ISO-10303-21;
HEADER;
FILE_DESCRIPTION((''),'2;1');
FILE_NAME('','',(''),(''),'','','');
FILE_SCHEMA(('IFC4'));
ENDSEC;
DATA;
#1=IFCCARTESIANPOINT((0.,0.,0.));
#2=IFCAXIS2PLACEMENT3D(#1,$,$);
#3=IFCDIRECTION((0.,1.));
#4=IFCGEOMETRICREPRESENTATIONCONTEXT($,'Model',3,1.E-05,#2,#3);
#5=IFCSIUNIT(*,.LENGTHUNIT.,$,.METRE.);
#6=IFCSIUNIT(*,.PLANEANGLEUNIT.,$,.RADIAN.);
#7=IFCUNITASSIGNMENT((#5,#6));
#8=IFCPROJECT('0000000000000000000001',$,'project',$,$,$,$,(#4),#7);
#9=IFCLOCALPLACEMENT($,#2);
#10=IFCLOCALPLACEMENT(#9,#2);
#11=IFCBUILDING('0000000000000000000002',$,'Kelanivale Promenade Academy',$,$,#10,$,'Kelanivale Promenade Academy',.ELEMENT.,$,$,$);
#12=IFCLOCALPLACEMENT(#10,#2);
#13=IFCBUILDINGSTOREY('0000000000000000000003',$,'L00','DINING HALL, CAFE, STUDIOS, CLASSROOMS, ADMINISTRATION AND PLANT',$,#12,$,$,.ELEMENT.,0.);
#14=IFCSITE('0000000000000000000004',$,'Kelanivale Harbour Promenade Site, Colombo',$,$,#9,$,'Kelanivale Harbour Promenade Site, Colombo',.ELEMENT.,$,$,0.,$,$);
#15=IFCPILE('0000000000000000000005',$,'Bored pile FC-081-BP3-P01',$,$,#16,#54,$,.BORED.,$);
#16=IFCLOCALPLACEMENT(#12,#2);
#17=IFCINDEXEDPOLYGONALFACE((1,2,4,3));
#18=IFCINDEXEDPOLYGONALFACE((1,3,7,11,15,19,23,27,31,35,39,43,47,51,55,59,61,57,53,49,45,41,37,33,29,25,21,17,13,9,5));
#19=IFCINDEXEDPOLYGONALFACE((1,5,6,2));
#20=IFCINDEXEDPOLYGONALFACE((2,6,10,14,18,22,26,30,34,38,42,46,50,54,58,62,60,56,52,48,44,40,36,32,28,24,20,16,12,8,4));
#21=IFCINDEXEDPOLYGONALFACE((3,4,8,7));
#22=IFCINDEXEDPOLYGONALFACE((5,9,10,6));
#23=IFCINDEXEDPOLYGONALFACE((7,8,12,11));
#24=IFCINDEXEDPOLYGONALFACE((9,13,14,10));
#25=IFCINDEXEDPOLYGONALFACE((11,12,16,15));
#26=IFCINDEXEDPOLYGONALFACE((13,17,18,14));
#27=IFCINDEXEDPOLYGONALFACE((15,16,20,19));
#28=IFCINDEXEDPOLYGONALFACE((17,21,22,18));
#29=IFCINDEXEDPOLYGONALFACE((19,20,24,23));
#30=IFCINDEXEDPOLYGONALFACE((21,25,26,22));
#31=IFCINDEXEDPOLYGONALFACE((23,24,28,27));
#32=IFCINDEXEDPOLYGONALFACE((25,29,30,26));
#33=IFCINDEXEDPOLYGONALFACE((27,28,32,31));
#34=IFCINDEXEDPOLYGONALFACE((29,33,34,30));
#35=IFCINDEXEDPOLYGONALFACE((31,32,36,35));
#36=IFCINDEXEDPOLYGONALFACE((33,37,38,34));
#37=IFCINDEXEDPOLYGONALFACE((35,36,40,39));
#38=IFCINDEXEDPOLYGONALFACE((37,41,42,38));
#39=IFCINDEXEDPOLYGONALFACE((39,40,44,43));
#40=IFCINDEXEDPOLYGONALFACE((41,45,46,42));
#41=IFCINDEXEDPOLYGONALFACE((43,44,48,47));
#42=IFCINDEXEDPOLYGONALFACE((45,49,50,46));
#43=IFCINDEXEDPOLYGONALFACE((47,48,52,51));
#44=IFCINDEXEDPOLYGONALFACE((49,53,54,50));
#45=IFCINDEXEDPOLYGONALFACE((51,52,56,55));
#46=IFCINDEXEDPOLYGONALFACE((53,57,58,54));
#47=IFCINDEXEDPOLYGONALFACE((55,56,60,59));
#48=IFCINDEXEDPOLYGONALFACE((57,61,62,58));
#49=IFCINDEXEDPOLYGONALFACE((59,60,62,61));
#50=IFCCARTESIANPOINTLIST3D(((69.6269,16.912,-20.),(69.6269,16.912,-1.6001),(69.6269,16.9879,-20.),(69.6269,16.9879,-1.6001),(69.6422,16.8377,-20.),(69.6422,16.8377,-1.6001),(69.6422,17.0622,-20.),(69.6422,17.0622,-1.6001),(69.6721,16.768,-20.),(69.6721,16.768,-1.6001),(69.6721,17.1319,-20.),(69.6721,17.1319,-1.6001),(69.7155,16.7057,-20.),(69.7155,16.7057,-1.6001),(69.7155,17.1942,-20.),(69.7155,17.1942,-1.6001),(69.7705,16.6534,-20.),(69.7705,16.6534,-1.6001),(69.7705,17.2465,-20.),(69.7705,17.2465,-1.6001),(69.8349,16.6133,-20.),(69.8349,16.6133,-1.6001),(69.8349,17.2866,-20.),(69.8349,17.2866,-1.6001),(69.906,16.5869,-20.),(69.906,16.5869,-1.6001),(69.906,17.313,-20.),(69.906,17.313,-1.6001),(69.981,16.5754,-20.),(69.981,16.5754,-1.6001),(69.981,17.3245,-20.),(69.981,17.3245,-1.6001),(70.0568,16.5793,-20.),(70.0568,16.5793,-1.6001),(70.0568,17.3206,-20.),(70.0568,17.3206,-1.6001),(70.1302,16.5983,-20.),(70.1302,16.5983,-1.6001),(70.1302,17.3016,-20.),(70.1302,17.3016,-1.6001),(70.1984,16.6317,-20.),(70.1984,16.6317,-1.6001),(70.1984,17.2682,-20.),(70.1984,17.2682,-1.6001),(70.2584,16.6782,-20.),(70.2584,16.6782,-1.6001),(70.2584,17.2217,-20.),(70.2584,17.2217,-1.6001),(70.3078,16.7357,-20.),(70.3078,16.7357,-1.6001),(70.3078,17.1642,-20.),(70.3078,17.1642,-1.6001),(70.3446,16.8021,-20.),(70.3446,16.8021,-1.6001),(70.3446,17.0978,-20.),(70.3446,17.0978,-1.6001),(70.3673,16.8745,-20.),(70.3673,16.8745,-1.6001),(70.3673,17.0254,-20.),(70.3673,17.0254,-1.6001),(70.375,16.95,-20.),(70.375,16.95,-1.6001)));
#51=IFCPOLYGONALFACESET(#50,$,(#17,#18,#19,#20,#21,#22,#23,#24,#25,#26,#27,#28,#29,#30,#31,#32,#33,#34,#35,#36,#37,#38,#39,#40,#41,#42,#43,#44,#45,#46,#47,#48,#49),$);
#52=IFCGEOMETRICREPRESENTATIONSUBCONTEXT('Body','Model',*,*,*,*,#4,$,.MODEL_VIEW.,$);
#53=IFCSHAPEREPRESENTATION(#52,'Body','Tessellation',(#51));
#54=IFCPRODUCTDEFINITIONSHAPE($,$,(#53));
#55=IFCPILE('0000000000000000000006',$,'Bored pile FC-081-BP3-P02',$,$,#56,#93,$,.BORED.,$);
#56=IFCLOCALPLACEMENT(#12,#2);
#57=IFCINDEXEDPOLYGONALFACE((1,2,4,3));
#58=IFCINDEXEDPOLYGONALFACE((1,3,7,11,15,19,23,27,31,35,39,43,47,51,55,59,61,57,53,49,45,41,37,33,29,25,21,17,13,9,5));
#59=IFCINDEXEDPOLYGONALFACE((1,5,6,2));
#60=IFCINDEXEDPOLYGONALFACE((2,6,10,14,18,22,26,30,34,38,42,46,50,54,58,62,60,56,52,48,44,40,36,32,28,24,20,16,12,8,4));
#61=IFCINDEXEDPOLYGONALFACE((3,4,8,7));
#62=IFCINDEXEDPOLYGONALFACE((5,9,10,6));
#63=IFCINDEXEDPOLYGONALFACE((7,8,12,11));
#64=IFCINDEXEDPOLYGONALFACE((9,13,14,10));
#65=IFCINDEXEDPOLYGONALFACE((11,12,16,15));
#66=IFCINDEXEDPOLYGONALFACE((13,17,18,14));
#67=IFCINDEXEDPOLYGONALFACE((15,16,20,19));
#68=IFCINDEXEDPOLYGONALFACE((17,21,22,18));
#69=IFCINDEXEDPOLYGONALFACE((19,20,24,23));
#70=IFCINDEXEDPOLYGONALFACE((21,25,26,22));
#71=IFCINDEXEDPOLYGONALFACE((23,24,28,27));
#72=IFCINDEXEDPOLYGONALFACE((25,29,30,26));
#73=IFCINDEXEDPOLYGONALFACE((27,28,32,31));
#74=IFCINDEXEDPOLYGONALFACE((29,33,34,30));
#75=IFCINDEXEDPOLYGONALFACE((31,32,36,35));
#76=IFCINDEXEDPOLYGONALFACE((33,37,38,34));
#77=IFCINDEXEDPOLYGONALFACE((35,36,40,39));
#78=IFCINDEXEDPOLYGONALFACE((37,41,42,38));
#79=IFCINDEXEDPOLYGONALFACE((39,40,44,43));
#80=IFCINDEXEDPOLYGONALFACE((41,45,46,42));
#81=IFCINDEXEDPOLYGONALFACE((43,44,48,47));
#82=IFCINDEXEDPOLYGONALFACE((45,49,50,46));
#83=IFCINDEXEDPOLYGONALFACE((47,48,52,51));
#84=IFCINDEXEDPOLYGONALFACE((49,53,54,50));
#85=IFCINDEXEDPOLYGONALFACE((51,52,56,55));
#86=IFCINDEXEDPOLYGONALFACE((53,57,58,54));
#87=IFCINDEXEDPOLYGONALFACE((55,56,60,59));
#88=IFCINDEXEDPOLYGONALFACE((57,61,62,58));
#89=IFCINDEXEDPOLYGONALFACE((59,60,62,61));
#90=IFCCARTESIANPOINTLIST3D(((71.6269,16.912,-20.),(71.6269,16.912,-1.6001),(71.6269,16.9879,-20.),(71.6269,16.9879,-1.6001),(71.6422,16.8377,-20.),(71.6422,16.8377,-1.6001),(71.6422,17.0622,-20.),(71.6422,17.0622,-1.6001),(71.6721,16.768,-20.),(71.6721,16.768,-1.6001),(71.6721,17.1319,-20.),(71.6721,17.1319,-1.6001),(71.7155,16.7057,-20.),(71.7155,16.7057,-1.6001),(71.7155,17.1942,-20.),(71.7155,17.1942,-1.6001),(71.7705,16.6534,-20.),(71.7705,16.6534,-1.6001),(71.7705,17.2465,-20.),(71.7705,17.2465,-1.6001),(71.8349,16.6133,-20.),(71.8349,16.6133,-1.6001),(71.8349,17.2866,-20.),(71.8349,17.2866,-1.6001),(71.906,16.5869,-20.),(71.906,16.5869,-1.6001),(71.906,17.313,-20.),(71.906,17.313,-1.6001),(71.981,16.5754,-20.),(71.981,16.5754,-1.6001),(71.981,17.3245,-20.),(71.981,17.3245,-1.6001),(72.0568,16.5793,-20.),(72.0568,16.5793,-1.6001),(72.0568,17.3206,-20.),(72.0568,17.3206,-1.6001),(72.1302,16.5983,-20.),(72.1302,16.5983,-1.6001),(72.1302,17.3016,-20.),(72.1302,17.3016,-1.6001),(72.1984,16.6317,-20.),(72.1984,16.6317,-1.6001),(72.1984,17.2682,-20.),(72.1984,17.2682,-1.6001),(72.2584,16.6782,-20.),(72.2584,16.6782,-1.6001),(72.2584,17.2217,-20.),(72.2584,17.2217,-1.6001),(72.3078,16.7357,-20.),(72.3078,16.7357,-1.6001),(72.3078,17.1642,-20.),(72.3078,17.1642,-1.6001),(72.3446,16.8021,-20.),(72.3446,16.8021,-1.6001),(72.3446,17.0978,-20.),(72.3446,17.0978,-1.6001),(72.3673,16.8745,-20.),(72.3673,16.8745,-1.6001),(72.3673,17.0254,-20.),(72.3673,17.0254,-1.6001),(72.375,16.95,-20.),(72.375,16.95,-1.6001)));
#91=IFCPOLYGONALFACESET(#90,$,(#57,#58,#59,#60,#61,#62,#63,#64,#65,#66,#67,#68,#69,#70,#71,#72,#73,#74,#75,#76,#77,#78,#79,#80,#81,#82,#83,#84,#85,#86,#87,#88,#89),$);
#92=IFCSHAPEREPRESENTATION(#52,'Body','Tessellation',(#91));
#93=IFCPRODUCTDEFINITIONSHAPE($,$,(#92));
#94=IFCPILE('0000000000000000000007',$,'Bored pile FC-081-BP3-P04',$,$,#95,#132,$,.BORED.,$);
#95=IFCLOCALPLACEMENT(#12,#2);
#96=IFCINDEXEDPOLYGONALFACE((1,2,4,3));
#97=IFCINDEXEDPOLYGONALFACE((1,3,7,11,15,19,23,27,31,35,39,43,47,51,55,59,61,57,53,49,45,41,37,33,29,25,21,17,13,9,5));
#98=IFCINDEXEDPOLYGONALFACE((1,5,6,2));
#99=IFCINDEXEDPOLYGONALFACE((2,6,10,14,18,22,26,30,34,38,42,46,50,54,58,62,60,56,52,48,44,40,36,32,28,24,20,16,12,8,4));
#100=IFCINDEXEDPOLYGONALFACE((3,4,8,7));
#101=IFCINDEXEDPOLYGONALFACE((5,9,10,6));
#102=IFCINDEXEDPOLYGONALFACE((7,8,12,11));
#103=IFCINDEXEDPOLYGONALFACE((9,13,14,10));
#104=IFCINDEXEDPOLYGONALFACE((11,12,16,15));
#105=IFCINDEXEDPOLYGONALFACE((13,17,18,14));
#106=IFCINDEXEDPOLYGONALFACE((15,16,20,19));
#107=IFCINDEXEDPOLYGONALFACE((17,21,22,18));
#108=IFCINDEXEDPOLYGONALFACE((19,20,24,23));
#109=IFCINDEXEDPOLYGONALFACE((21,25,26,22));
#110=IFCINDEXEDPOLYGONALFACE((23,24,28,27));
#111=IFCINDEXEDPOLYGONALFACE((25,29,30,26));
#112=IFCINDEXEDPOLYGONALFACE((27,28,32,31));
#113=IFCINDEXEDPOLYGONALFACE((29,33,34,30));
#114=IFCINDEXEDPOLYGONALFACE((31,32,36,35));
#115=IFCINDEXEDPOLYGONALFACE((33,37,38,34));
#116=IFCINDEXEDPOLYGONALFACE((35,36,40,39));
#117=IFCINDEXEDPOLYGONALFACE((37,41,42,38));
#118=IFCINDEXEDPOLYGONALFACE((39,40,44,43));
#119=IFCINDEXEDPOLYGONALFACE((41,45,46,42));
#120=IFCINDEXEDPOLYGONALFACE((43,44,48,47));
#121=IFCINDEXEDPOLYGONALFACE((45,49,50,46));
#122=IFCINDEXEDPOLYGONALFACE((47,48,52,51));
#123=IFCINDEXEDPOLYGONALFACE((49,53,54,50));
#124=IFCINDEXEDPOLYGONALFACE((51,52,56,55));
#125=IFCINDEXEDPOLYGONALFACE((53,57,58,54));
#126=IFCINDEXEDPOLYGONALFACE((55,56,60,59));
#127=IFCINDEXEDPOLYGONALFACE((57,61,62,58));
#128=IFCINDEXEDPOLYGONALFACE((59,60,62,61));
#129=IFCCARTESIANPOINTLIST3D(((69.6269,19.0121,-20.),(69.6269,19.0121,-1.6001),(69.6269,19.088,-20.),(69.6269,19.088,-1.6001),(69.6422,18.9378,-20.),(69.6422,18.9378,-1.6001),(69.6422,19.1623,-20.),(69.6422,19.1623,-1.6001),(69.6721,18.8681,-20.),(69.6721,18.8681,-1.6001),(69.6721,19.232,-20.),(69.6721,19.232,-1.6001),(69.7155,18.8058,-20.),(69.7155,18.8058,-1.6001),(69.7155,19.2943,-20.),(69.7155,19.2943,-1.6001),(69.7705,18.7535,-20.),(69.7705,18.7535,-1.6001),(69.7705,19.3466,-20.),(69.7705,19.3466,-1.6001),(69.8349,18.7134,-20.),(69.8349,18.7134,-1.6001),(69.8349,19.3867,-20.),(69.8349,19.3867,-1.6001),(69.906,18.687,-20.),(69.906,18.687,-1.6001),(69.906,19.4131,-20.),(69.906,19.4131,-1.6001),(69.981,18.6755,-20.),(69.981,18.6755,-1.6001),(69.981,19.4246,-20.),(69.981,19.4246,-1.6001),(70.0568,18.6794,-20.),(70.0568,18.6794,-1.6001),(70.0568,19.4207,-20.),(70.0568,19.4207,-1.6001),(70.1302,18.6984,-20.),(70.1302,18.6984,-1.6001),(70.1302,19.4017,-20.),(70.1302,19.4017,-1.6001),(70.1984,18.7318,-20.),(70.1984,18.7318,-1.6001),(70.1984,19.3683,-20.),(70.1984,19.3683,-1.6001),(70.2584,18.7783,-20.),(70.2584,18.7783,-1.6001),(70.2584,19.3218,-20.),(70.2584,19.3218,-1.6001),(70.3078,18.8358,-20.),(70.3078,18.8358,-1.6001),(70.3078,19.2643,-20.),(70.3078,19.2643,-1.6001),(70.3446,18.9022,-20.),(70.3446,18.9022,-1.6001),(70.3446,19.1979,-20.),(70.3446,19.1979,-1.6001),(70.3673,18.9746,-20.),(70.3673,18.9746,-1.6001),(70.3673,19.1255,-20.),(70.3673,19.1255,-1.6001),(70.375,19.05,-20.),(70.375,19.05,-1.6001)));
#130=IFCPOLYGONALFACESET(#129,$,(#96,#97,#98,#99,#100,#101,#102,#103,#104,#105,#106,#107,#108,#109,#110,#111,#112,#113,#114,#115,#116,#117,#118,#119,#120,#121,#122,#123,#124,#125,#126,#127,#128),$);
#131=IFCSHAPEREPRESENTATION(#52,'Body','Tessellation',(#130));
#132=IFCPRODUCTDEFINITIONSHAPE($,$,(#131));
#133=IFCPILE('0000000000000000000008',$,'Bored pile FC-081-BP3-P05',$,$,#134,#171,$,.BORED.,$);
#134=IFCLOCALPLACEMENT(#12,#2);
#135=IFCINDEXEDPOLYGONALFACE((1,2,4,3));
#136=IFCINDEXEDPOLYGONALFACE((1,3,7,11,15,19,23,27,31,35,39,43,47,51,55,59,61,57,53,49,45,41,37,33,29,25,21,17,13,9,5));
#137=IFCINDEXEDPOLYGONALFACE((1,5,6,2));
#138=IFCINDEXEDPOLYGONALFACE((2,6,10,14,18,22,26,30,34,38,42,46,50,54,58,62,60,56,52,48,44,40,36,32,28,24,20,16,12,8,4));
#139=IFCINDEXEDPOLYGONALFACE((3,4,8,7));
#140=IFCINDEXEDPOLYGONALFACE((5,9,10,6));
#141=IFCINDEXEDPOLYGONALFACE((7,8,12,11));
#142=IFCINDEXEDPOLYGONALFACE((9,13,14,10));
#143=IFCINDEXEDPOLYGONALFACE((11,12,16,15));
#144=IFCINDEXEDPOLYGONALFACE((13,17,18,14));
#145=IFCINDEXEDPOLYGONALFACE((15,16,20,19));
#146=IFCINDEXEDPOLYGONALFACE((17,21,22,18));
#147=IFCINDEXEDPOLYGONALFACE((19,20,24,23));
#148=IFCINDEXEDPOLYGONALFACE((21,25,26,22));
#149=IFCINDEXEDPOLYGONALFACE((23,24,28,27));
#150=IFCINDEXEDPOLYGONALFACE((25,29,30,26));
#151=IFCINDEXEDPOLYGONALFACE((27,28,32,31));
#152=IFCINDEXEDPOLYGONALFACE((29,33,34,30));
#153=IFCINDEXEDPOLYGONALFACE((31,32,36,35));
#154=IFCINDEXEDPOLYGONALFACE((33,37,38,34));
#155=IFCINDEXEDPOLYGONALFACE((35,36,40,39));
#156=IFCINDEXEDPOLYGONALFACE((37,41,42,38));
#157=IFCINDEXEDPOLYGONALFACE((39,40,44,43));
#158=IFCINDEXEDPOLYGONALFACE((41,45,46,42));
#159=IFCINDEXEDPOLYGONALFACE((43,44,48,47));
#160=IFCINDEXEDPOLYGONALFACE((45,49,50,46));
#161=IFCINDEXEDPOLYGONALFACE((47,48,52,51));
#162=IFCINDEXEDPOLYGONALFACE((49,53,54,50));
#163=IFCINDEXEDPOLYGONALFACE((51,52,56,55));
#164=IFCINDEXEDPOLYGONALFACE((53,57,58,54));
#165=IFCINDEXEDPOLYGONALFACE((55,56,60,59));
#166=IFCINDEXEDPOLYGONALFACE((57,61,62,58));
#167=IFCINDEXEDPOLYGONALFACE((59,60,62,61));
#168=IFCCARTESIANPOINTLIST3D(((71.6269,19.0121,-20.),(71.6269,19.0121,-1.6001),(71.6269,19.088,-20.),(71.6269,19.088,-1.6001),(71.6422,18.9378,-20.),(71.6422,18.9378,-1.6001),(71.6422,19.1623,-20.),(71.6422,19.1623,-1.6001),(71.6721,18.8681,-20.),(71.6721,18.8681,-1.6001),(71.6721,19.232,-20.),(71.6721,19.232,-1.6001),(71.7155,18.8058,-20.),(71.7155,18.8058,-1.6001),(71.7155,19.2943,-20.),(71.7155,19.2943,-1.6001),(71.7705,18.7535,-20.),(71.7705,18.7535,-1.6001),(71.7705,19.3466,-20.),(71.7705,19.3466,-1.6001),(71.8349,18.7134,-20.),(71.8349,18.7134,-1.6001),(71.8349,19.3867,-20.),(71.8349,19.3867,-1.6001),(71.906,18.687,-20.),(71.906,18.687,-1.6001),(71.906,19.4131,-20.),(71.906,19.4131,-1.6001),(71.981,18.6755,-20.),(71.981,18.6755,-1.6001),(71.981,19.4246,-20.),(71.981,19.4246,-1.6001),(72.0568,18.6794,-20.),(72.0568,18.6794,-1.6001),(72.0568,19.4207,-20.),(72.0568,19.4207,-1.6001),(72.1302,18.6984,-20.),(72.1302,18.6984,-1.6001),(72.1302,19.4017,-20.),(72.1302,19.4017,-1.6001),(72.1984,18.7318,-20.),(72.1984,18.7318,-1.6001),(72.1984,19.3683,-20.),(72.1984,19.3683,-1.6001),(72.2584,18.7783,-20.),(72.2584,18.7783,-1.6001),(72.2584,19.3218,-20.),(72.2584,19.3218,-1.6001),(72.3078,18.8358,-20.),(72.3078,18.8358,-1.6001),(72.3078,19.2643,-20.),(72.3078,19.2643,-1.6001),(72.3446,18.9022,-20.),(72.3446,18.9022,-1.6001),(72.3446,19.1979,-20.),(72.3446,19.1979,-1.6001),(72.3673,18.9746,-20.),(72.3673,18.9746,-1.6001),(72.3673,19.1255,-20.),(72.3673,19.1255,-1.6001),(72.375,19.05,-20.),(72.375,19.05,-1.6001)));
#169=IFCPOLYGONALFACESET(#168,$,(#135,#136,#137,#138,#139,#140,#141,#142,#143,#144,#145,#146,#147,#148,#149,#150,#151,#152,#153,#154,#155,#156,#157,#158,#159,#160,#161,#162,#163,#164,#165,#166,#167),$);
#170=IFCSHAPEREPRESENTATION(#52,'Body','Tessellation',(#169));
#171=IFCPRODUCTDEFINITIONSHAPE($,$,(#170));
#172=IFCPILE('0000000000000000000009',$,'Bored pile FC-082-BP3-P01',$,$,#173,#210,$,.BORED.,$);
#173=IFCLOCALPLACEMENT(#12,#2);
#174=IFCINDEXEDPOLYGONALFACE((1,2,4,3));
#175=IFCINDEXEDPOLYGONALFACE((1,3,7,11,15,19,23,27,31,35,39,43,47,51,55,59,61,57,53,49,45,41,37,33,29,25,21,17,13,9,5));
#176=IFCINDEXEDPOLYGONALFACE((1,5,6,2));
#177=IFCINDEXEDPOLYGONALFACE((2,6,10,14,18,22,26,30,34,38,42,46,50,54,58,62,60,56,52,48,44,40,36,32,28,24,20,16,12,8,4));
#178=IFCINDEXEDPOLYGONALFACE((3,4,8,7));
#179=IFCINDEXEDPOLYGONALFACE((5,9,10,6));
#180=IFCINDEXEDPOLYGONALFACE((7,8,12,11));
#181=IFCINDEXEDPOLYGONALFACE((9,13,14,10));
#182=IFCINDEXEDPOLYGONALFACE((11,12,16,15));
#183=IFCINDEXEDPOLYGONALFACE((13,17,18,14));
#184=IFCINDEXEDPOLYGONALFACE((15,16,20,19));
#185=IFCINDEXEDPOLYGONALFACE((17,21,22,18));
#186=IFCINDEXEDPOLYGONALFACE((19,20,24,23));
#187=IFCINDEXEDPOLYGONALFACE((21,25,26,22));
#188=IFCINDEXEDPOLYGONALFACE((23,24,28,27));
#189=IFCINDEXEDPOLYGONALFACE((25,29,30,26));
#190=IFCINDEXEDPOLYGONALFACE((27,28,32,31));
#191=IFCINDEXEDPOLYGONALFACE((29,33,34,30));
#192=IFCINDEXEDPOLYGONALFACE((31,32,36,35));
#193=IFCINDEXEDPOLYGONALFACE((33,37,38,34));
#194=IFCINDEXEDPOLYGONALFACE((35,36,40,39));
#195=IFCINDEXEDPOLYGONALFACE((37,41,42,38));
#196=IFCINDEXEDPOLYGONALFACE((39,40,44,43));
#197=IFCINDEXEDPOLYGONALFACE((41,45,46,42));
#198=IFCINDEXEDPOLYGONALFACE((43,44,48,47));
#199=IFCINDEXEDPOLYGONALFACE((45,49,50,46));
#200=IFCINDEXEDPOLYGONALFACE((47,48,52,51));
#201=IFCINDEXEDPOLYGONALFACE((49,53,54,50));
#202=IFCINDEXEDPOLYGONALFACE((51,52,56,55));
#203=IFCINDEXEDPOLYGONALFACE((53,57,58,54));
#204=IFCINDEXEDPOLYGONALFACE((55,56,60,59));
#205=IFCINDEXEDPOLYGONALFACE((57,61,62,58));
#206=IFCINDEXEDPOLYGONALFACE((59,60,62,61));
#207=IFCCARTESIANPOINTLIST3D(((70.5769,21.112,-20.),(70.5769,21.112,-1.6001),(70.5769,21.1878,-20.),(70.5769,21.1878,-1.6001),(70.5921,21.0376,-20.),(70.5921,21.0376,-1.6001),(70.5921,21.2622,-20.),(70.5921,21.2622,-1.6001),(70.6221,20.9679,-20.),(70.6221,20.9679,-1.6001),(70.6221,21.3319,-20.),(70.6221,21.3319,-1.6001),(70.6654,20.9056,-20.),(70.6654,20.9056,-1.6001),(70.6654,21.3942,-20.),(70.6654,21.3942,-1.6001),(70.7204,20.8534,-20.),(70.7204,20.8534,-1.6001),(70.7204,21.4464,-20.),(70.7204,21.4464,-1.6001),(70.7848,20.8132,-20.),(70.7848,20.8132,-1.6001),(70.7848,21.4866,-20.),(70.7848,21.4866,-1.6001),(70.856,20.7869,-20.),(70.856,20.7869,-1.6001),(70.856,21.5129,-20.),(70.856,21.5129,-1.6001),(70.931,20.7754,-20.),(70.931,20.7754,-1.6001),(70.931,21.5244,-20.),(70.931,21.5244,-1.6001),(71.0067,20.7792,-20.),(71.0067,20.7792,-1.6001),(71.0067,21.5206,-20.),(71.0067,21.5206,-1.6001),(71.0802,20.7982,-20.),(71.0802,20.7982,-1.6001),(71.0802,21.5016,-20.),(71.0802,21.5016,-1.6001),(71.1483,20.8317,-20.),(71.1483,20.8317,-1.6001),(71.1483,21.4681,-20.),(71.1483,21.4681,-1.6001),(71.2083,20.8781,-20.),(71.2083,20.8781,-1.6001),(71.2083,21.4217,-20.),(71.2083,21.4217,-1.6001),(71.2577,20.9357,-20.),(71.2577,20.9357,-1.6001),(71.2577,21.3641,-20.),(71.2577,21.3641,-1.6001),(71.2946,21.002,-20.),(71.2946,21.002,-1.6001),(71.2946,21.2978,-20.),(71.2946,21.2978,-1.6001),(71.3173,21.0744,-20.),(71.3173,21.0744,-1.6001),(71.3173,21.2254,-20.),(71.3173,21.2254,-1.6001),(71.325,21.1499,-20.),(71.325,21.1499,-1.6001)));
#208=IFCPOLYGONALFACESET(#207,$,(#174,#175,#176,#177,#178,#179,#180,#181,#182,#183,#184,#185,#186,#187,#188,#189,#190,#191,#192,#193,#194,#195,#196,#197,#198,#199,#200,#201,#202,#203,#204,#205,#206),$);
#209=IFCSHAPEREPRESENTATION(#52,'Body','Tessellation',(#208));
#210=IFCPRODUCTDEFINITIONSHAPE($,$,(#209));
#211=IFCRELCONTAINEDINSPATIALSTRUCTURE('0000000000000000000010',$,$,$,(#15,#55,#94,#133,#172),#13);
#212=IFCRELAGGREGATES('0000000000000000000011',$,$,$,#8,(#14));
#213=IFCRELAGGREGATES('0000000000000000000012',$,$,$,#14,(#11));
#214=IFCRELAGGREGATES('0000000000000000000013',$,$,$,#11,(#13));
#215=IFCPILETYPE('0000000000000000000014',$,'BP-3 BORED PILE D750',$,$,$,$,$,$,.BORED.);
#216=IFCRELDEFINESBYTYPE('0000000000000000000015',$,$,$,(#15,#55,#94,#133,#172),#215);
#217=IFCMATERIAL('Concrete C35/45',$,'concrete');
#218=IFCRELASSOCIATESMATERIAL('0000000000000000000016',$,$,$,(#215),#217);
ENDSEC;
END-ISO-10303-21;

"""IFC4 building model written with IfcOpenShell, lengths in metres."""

from ifc_helpers import new_model, si_unit, direction, frame, origin, origin_2d, place, context, subcontext, project, spatial, circle, extrude, material, material_profile, profile_set, type_object, element, save


model = new_model("IFC4")

# Units and contexts
model_context = context("Model", 3, precision=1e-05, world=origin(), true_north=direction((0.0, 1.0)))
body_context = subcontext(model_context, "Body", "Model", "MODEL_VIEW")
ifc_project = project(units=[si_unit("LENGTHUNIT", "METRE"), si_unit("PLANEANGLEUNIT", "RADIAN")], contexts=[model_context])

# Site, building, storey
site_placement = place(None, origin())
site = spatial("IfcSite", under=ifc_project, at=site_placement, Name="Kelanivale Harbour Promenade Site, Colombo", LongName="Kelanivale Harbour Promenade Site, Colombo", CompositionType="ELEMENT", RefElevation=0.0)
building_placement = place(site_placement, origin())
building = spatial("IfcBuilding", under=site, at=building_placement, Name="Kelanivale Promenade Academy", LongName="Kelanivale Promenade Academy", CompositionType="ELEMENT")
storey_placement = place(building_placement, origin())
storey = spatial("IfcBuildingStorey", under=building, at=storey_placement, Name="L00", Description="DINING HALL, CAFE, STUDIOS, CLASSROOMS, ADMINISTRATION AND PLANT", CompositionType="ELEMENT", Elevation=0.0)

# Piles
ifc_material_1 = material(Name="Concrete C35/45", Category="concrete")
ifc_material_profile_1 = material_profile(ifc_material_1, circle(Radius=0.375, at=origin_2d()), Name="BORED PILE D750")
ifc_profile_set_1 = profile_set([ifc_material_profile_1], Name="Concrete C35/45")
pile_type = type_object("IfcPileType", Name="BP-3 BORED PILE D750", PredefinedType="BORED", material=ifc_profile_set_1)
for number, where, z_axis, x_axis, name in (
    (1, (70.0, 16.95, -1.6001), (0.0, 0.0, -1.0), (1.0, 0.0, 0.0), "Bored pile FC-081-BP3-P01"),
    (2, (72.0, 16.95, -1.6001), (0.0, 0.0, -1.0), (1.0, 0.0, 0.0), "Bored pile FC-081-BP3-P02"),
    (3, (70.0, 19.05, -1.6001), (0.0, 0.0, -1.0), (1.0, 0.0, 0.0), "Bored pile FC-081-BP3-P04"),
    (4, (72.0, 19.05, -1.6001), (0.0, 0.0, -1.0), (1.0, 0.0, 0.0), "Bored pile FC-081-BP3-P05"),
    (5, (70.95, 21.1499, -1.6001), (0.0, 0.0, -1.0), (1.0, 0.0, 0.0), "Bored pile FC-082-BP3-P01"),
):
    element("IfcPile", number, at=place(storey_placement, frame(where, z_axis=z_axis, x_axis=x_axis)), inside=storey, type_object=pile_type, Name=name, PredefinedType="BORED", context=body_context, shape_type="SweptSolid", body=[
        extrude(circle(Radius=0.375, at=origin_2d()), origin(), (0.0, 0.0, 1.0), 18.3999),
    ])

save(model, "model.ifc")
